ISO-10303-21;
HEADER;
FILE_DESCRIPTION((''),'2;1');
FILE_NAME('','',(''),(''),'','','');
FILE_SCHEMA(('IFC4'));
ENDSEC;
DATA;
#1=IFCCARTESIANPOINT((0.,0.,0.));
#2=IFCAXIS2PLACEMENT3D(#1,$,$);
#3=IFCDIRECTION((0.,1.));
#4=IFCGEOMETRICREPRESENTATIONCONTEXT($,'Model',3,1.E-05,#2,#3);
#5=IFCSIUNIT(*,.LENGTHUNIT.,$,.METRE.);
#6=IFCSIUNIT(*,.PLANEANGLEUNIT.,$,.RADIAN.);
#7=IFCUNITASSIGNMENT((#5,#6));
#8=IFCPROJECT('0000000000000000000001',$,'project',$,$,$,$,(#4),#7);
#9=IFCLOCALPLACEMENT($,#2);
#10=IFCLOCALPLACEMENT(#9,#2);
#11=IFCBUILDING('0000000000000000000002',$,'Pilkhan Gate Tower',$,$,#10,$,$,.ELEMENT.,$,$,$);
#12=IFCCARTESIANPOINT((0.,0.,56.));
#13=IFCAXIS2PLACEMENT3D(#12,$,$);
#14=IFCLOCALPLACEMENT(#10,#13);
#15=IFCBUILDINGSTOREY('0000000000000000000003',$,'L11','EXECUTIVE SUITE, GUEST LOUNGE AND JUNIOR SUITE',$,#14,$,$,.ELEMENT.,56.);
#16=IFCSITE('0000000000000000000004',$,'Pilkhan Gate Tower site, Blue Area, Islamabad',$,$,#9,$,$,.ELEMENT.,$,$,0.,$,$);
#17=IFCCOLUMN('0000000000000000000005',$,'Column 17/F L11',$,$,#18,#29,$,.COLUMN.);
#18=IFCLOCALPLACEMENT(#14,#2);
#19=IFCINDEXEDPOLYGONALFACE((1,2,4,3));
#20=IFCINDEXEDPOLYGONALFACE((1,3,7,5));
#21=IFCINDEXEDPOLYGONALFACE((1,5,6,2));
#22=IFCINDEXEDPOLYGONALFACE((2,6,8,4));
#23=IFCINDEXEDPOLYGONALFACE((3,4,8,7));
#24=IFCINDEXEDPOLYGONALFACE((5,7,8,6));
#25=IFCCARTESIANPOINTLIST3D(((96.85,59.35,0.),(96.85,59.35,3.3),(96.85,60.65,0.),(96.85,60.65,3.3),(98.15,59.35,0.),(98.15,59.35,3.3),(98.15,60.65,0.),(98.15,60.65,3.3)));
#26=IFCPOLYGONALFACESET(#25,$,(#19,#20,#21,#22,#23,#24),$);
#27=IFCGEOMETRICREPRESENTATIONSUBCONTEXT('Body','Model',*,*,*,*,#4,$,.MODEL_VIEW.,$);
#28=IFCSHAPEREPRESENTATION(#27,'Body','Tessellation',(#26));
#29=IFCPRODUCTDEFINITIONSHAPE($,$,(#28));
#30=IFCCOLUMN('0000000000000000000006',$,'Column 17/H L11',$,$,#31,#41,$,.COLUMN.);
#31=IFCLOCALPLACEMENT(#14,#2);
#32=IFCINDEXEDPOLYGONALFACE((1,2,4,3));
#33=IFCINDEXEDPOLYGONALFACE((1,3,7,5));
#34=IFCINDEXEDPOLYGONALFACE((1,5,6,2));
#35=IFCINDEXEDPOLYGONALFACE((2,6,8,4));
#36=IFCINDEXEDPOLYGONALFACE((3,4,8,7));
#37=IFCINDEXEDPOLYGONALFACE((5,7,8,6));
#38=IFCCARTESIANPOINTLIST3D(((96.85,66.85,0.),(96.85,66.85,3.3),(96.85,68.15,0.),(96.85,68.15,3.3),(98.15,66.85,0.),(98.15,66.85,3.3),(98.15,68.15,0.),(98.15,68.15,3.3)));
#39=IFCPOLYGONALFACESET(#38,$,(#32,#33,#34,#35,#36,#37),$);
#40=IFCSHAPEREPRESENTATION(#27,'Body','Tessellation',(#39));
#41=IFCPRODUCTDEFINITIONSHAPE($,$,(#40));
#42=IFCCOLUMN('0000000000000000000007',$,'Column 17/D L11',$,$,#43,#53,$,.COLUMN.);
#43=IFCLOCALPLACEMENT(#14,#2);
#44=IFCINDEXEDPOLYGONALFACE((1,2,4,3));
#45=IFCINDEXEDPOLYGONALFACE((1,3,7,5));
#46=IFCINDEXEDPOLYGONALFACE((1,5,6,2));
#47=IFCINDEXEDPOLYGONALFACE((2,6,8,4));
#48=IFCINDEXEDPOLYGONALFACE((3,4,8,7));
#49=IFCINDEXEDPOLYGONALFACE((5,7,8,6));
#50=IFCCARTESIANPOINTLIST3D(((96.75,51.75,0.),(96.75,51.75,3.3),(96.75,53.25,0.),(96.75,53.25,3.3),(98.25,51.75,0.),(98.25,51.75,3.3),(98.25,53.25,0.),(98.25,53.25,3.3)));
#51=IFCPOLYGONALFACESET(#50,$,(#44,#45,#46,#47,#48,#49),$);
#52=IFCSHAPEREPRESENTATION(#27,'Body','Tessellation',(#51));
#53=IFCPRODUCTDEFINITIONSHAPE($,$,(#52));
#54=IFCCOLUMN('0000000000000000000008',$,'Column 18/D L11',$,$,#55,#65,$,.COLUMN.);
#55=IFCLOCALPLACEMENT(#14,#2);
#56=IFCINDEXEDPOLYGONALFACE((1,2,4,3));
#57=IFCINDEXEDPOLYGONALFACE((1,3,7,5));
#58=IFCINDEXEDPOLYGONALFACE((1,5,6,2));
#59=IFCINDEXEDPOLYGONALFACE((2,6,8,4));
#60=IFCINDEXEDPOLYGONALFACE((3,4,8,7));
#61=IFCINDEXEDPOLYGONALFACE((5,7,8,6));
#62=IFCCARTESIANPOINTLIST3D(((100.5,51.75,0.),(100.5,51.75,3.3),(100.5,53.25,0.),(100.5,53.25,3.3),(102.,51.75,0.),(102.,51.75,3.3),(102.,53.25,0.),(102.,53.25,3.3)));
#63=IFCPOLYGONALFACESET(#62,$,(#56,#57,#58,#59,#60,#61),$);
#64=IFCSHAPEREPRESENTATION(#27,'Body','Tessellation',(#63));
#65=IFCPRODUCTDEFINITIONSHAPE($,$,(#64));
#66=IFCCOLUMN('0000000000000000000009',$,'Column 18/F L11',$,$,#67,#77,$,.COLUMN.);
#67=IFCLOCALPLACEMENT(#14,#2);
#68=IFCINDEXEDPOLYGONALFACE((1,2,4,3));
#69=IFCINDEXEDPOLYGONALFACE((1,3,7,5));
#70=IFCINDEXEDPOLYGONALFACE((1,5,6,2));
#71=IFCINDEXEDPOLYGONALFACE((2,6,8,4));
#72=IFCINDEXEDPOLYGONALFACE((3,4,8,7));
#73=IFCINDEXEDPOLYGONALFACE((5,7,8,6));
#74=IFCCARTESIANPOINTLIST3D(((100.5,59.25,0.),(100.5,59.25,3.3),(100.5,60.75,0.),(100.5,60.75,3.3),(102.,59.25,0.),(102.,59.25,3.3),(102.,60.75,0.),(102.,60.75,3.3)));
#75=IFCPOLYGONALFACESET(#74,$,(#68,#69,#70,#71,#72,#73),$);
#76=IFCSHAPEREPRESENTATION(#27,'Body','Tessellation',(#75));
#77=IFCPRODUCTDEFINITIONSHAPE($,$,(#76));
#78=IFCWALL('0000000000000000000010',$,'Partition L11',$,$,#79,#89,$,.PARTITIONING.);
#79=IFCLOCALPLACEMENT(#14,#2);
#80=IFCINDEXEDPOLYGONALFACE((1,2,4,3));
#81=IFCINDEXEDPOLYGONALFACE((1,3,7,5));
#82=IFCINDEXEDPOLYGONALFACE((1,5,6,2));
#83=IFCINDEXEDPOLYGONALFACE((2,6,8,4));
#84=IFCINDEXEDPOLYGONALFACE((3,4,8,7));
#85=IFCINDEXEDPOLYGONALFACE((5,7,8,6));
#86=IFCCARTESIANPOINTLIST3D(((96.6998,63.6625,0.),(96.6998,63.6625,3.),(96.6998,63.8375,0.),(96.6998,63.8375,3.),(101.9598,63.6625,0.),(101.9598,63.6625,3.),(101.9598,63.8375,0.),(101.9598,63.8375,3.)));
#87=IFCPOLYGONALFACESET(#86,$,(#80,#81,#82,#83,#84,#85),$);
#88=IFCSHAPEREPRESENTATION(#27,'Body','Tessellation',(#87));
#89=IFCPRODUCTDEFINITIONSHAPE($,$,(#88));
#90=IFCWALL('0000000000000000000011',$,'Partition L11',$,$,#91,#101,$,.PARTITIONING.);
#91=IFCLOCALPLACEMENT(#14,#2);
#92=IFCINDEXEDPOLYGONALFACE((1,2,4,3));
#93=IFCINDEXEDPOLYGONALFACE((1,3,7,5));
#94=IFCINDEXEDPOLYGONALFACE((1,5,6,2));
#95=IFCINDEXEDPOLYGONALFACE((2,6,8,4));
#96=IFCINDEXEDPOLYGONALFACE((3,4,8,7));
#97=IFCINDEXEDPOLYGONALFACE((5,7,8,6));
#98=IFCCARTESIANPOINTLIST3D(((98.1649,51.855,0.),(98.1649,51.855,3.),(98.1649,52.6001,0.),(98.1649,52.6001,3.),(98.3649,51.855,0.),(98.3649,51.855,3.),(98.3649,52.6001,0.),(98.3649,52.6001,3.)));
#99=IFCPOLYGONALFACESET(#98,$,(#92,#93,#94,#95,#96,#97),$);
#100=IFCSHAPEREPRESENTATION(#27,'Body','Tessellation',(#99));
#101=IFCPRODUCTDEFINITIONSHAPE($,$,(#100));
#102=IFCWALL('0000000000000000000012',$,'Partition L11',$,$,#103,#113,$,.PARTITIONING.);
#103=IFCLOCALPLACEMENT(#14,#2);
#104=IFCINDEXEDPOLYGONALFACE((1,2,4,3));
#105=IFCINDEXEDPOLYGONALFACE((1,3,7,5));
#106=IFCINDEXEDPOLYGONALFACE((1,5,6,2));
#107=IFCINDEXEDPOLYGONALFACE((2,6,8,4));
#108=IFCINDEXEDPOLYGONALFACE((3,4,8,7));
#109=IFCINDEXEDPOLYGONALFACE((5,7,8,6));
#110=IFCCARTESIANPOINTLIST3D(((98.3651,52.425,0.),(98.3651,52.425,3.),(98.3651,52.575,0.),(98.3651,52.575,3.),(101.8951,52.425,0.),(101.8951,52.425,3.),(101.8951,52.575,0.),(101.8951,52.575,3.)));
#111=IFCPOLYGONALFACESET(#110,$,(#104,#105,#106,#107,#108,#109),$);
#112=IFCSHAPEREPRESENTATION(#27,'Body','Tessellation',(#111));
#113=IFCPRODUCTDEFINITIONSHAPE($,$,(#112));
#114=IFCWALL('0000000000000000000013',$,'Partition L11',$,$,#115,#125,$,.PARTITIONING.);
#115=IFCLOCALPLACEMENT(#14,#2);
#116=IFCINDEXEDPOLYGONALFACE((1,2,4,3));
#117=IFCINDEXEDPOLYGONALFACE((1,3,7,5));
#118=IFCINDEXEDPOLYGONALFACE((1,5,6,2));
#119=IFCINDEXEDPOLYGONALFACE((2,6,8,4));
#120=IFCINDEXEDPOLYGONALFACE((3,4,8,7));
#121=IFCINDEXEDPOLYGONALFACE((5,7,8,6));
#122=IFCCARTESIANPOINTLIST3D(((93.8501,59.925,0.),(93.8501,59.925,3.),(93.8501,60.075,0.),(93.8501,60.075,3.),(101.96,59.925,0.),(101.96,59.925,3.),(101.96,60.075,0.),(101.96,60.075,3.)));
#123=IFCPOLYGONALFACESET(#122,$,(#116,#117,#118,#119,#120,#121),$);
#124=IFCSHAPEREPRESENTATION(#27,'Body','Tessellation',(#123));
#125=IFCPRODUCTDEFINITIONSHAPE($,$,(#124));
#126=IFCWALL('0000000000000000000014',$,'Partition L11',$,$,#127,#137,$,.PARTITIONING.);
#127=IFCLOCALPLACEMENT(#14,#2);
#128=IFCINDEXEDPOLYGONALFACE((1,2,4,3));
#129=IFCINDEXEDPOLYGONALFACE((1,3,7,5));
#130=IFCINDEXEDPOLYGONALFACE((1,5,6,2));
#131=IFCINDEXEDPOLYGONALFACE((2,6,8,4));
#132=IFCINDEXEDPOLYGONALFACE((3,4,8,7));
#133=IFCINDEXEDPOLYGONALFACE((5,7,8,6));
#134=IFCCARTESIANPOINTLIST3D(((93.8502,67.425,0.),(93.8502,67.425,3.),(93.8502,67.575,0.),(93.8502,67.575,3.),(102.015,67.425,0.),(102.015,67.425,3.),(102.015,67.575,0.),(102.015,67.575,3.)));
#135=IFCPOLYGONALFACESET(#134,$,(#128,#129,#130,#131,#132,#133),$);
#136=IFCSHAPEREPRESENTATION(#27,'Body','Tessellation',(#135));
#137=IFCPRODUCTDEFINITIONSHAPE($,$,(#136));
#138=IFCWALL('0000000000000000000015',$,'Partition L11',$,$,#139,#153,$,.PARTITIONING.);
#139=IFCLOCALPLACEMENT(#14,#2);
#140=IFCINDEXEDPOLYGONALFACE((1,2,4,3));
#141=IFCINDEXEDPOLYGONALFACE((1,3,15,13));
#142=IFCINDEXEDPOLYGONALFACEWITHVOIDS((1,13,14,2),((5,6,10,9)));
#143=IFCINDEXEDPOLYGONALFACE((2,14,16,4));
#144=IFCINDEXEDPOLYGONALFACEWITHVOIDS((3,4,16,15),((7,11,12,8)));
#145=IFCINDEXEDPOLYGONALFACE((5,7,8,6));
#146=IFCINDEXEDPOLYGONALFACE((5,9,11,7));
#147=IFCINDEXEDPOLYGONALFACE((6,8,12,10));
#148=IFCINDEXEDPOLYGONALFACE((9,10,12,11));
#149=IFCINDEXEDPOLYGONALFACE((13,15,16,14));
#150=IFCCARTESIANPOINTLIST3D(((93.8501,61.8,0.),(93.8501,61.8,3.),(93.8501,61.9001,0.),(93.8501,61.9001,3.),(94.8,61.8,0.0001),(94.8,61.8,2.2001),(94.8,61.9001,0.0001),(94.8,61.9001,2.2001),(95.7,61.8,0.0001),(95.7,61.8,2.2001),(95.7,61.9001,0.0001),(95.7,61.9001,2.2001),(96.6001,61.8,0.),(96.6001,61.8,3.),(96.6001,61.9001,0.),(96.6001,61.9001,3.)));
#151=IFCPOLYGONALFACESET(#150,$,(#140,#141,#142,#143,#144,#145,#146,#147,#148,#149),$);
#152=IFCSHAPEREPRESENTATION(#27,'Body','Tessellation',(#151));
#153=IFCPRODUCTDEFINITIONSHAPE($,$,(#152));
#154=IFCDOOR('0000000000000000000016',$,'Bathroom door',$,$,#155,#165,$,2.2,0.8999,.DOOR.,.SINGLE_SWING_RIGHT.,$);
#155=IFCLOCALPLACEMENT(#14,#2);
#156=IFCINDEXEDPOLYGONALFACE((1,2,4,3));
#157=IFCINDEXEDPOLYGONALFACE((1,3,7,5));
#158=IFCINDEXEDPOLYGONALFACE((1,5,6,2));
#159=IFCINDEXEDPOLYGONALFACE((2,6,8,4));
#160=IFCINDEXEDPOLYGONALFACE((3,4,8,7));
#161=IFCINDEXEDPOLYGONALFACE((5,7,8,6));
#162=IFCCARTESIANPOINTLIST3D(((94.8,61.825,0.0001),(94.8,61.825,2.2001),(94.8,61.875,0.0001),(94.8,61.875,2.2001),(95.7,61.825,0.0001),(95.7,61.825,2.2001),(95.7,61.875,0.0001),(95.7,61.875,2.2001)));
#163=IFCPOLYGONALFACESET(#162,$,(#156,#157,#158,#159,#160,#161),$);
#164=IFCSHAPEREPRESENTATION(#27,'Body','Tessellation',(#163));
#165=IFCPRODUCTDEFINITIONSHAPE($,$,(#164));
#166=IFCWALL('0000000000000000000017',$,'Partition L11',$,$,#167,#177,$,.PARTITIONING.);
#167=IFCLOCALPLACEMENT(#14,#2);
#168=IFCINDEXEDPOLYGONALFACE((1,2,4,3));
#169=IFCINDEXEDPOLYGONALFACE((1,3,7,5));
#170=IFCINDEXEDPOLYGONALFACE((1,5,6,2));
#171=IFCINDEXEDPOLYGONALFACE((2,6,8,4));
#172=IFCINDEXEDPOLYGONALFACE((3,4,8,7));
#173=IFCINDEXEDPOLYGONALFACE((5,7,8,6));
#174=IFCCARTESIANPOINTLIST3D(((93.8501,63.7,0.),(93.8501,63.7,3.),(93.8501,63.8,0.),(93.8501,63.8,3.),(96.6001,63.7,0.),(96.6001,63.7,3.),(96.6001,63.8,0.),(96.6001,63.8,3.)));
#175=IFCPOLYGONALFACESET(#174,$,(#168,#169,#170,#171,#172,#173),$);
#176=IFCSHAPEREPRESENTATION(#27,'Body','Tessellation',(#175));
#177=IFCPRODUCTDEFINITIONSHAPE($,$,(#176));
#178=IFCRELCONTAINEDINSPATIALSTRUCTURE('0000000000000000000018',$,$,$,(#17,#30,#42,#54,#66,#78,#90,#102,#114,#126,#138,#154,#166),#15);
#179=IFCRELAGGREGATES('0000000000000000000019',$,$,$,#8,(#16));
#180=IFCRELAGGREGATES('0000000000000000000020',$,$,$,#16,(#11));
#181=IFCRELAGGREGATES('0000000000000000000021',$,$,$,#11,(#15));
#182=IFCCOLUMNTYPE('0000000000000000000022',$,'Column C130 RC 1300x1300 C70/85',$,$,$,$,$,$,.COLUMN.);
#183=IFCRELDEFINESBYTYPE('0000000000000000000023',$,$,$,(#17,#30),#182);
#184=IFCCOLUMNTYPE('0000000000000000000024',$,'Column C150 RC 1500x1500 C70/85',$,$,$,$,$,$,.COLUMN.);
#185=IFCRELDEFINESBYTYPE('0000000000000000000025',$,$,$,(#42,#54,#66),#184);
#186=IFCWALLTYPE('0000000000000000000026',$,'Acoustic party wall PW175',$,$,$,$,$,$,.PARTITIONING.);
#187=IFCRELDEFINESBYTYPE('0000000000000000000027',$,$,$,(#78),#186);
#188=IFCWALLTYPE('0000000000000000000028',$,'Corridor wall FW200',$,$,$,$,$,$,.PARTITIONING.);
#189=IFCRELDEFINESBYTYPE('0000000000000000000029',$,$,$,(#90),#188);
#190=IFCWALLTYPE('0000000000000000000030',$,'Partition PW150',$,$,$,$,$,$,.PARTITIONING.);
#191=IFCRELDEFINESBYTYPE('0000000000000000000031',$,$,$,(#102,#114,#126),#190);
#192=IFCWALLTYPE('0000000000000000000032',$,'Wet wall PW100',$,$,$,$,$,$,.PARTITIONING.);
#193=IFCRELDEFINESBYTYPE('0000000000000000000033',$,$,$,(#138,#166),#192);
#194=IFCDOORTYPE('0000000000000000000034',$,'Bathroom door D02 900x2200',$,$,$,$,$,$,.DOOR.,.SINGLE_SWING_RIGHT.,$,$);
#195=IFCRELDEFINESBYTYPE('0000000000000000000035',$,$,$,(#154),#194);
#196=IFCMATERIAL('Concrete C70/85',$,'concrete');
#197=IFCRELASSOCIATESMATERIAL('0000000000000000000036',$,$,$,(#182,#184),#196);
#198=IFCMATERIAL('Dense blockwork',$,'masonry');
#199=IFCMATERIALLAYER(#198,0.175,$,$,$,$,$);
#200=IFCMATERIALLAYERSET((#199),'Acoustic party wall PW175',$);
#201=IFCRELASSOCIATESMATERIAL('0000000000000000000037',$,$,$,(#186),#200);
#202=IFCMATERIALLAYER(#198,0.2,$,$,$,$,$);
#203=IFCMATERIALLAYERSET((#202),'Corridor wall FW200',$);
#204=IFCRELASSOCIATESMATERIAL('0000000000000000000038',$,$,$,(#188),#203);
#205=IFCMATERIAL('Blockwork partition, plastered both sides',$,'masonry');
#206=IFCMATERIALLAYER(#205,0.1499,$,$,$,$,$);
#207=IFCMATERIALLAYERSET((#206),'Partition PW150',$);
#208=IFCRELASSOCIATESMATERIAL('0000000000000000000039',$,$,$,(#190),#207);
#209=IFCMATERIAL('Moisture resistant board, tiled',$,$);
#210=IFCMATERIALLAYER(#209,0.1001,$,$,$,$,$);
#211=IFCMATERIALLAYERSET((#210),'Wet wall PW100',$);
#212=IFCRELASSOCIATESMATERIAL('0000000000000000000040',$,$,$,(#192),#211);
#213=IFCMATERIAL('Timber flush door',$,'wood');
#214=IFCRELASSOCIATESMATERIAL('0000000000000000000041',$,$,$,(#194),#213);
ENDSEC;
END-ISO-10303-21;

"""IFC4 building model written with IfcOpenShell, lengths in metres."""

from ifc_helpers import new_model, si_unit, direction, frame, frame_2d, origin, origin_2d, place, context, subcontext, project, spatial, rectangle, extrude, material, layer, layer_set, material_profile, profile_set, type_object, element, fill, save


model = new_model("IFC4")

# Units and contexts
model_context = context("Model", 3, precision=1e-05, world=origin(), true_north=direction((0.0, 1.0)))
body_context = subcontext(model_context, "Body", "Model", "MODEL_VIEW")
ifc_project = project(units=[si_unit("LENGTHUNIT", "METRE"), si_unit("PLANEANGLEUNIT", "RADIAN")], contexts=[model_context])

# Site, building, storey
site_placement = place(None, origin())
site = spatial("IfcSite", under=ifc_project, at=site_placement, Name="Pilkhan Gate Tower site, Blue Area, Islamabad", CompositionType="ELEMENT", RefElevation=0.0)
building_placement = place(site_placement, origin())
building = spatial("IfcBuilding", under=site, at=building_placement, Name="Pilkhan Gate Tower", CompositionType="ELEMENT")
storey_placement = place(building_placement, frame((0.0, 0.0, 56.0)))
storey = spatial("IfcBuildingStorey", under=building, at=storey_placement, Name="L11", Description="EXECUTIVE SUITE, GUEST LOUNGE AND JUNIOR SUITE", CompositionType="ELEMENT", Elevation=56.0)

# Columns
ifc_material_1 = material(Name="Concrete C70/85", Category="concrete")
ifc_material_profile_1 = material_profile(ifc_material_1, rectangle(XDim=1.3, YDim=1.3, at=origin_2d()), Name="RC 1300x1300")
ifc_profile_set_1 = profile_set([ifc_material_profile_1], Name="Concrete C70/85")
column_type_1 = type_object("IfcColumnType", Name="Column C130 RC 1300x1300 C70/85", PredefinedType="COLUMN", material=ifc_profile_set_1)
for number, where, z_axis, x_axis, name in (
    (1, (97.5, 60.0, 0.0), (0.0, 0.0, 1.0), (1.0, 0.0, 0.0), "Column 17/F L11"),
    (2, (97.5, 67.5, 0.0), (0.0, 0.0, 1.0), (1.0, 0.0, 0.0), "Column 17/H L11"),
):
    element("IfcColumn", number, at=place(storey_placement, frame(where, z_axis=z_axis, x_axis=x_axis)), inside=storey, type_object=column_type_1, Name=name, PredefinedType="COLUMN", context=body_context, shape_type="SweptSolid", body=[
        extrude(rectangle(XDim=1.3, YDim=1.3, at=origin_2d()), origin(), (0.0, 0.0, 1.0), 3.3),
    ])
ifc_material_profile_2 = material_profile(ifc_material_1, rectangle(XDim=1.5, YDim=1.5, at=origin_2d()), Name="RC 1500x1500")
ifc_profile_set_2 = profile_set([ifc_material_profile_2], Name="Concrete C70/85")
column_type_2 = type_object("IfcColumnType", Name="Column C150 RC 1500x1500 C70/85", PredefinedType="COLUMN", material=ifc_profile_set_2)
for number, where, z_axis, x_axis, name in (
    (3, (97.5, 52.5, 0.0), (0.0, 0.0, 1.0), (1.0, 0.0, 0.0), "Column 17/D L11"),
    (4, (101.25, 52.5, 0.0), (0.0, 0.0, 1.0), (1.0, 0.0, 0.0), "Column 18/D L11"),
    (5, (101.25, 60.0, 0.0), (0.0, 0.0, 1.0), (1.0, 0.0, 0.0), "Column 18/F L11"),
):
    element("IfcColumn", number, at=place(storey_placement, frame(where, z_axis=z_axis, x_axis=x_axis)), inside=storey, type_object=column_type_2, Name=name, PredefinedType="COLUMN", context=body_context, shape_type="SweptSolid", body=[
        extrude(rectangle(XDim=1.5, YDim=1.5, at=origin_2d()), origin(), (0.0, 0.0, 1.0), 3.3),
    ])

# Walls
ifc_material_2 = material(Name="Dense blockwork", Category="masonry")
ifc_layer_1 = layer(ifc_material_2, 0.175)
ifc_layer_set_1 = layer_set([ifc_layer_1], Name="Acoustic party wall PW175")
wall_type_1 = type_object("IfcWallType", Name="Acoustic party wall PW175", PredefinedType="PARTITIONING", material=ifc_layer_set_1)
wall_1_placement = place(storey_placement, frame((96.7, 63.75, 0.0), z_axis=(0.0, 0.0, 1.0), x_axis=(1.0, 0.0, 0.0)))
element("IfcWall", 6, at=wall_1_placement, inside=storey, type_object=wall_type_1, Name="Partition L11", PredefinedType="PARTITIONING", context=body_context, shape_type="SweptSolid", body=[
    extrude(rectangle(XDim=5.26, YDim=0.175, at=frame_2d((2.6299, 0.0))), origin(), (0.0, 0.0, 1.0), 3.0),
])
ifc_layer_2 = layer(ifc_material_2, 0.2)
ifc_layer_set_2 = layer_set([ifc_layer_2], Name="Corridor wall FW200")
wall_type_2 = type_object("IfcWallType", Name="Corridor wall FW200", PredefinedType="PARTITIONING", material=ifc_layer_set_2)
wall_2_placement = place(storey_placement, frame((98.2649, 51.855, 0.0), z_axis=(0.0, 0.0, 1.0), x_axis=(0.0, 1.0, 0.0)))
element("IfcWall", 7, at=wall_2_placement, inside=storey, type_object=wall_type_2, Name="Partition L11", PredefinedType="PARTITIONING", context=body_context, shape_type="SweptSolid", body=[
    extrude(rectangle(XDim=0.7451, YDim=0.2, at=frame_2d((0.3726, 0.0))), origin(), (0.0, 0.0, 1.0), 3.0),
])
ifc_material_3 = material(Name="Blockwork partition, plastered both sides", Category="masonry")
ifc_layer_3 = layer(ifc_material_3, 0.1499)
ifc_layer_set_3 = layer_set([ifc_layer_3], Name="Partition PW150")
wall_type_3 = type_object("IfcWallType", Name="Partition PW150", PredefinedType="PARTITIONING", material=ifc_layer_set_3)
wall_3_placement = place(storey_placement, frame((98.365, 52.5, 0.0), z_axis=(0.0, 0.0, 1.0), x_axis=(1.0, 0.0, 0.0)))
element("IfcWall", 8, at=wall_3_placement, inside=storey, type_object=wall_type_3, Name="Partition L11", PredefinedType="PARTITIONING", context=body_context, shape_type="SweptSolid", body=[
    extrude(rectangle(XDim=3.53, YDim=0.1499, at=frame_2d((1.7651, 0.0))), origin(), (0.0, 0.0, 1.0), 3.0),
])
wall_4_placement = place(storey_placement, frame((93.8501, 60.0, 0.0), z_axis=(0.0, 0.0, 1.0), x_axis=(1.0, 0.0, 0.0)))
element("IfcWall", 9, at=wall_4_placement, inside=storey, type_object=wall_type_3, Name="Partition L11", PredefinedType="PARTITIONING", context=body_context, shape_type="SweptSolid", body=[
    extrude(rectangle(XDim=8.1099, YDim=0.1499, at=frame_2d((4.0549, 0.0))), origin(), (0.0, 0.0, 1.0), 3.0),
])
wall_5_placement = place(storey_placement, frame((93.8501, 67.5, 0.0), z_axis=(0.0, 0.0, 1.0), x_axis=(1.0, 0.0, 0.0)))
element("IfcWall", 10, at=wall_5_placement, inside=storey, type_object=wall_type_3, Name="Partition L11", PredefinedType="PARTITIONING", context=body_context, shape_type="SweptSolid", body=[
    extrude(rectangle(XDim=8.1648, YDim=0.1499, at=frame_2d((4.0825, 0.0))), origin(), (0.0, 0.0, 1.0), 3.0),
])

# Wall, opening, door
ifc_material_4 = material(Name="Moisture resistant board, tiled")
ifc_layer_4 = layer(ifc_material_4, 0.1001)
ifc_layer_set_4 = layer_set([ifc_layer_4], Name="Wet wall PW100")
wall_type_4 = type_object("IfcWallType", Name="Wet wall PW100", PredefinedType="PARTITIONING", material=ifc_layer_set_4)
wall_6_placement = place(storey_placement, frame((93.8501, 61.8501, 0.0), z_axis=(0.0, 0.0, 1.0), x_axis=(1.0, 0.0, 0.0)))
wall_6 = element("IfcWall", 11, at=wall_6_placement, inside=storey, type_object=wall_type_4, Name="Partition L11", PredefinedType="PARTITIONING", context=body_context, shape_type="SweptSolid", body=[
    extrude(rectangle(XDim=2.75, YDim=0.1001, at=frame_2d((1.375, 0.0))), origin(), (0.0, 0.0, 1.0), 3.0),
])
opening_1_placement = place(wall_6_placement, frame((0.95, 0.0, 0.0)))
opening_1 = element("IfcOpeningElement", 12, at=opening_1_placement, cuts=wall_6, PredefinedType="OPENING", context=body_context, shape_type="SweptSolid", body=[
    extrude(rectangle(XDim=0.8999, YDim=2.2, at=frame_2d((0.45, 1.1001))), frame((0.0, 0.0601, 0.0), z_axis=(0.0, -1.0, 0.0), x_axis=(1.0, 0.0, 0.0)), (0.0, 0.0, 1.0), 0.1201),
])
ifc_material_5 = material(Name="Timber flush door", Category="wood")
door_type = type_object("IfcDoorType", Name="Bathroom door D02 900x2200", OperationType="SINGLE_SWING_RIGHT", PredefinedType="DOOR", material=ifc_material_5)
door_1_placement = place(opening_1_placement, origin())
door_1 = element("IfcDoor", 13, at=door_1_placement, inside=storey, type_object=door_type, Name="Bathroom door", OperationType="SINGLE_SWING_RIGHT", OverallHeight=2.2, OverallWidth=0.8999, PredefinedType="DOOR", context=body_context, shape_type="SweptSolid", body=[
    extrude(rectangle(XDim=0.8999, YDim=2.2, at=frame_2d((0.45, 1.1001))), frame((0.0, 0.0249, 0.0), z_axis=(0.0, -1.0, 0.0), x_axis=(1.0, 0.0, 0.0)), (0.0, 0.0, 1.0), 0.05),
])
fill(opening_1, door_1)

# Wall
wall_7_placement = place(storey_placement, frame((93.8501, 63.75, 0.0), z_axis=(0.0, 0.0, 1.0), x_axis=(1.0, 0.0, 0.0)))
element("IfcWall", 14, at=wall_7_placement, inside=storey, type_object=wall_type_4, Name="Partition L11", PredefinedType="PARTITIONING", context=body_context, shape_type="SweptSolid", body=[
    extrude(rectangle(XDim=2.75, YDim=0.1001, at=frame_2d((1.375, 0.0))), origin(), (0.0, 0.0, 1.0), 3.0),
])

save(model, "model.ifc")
